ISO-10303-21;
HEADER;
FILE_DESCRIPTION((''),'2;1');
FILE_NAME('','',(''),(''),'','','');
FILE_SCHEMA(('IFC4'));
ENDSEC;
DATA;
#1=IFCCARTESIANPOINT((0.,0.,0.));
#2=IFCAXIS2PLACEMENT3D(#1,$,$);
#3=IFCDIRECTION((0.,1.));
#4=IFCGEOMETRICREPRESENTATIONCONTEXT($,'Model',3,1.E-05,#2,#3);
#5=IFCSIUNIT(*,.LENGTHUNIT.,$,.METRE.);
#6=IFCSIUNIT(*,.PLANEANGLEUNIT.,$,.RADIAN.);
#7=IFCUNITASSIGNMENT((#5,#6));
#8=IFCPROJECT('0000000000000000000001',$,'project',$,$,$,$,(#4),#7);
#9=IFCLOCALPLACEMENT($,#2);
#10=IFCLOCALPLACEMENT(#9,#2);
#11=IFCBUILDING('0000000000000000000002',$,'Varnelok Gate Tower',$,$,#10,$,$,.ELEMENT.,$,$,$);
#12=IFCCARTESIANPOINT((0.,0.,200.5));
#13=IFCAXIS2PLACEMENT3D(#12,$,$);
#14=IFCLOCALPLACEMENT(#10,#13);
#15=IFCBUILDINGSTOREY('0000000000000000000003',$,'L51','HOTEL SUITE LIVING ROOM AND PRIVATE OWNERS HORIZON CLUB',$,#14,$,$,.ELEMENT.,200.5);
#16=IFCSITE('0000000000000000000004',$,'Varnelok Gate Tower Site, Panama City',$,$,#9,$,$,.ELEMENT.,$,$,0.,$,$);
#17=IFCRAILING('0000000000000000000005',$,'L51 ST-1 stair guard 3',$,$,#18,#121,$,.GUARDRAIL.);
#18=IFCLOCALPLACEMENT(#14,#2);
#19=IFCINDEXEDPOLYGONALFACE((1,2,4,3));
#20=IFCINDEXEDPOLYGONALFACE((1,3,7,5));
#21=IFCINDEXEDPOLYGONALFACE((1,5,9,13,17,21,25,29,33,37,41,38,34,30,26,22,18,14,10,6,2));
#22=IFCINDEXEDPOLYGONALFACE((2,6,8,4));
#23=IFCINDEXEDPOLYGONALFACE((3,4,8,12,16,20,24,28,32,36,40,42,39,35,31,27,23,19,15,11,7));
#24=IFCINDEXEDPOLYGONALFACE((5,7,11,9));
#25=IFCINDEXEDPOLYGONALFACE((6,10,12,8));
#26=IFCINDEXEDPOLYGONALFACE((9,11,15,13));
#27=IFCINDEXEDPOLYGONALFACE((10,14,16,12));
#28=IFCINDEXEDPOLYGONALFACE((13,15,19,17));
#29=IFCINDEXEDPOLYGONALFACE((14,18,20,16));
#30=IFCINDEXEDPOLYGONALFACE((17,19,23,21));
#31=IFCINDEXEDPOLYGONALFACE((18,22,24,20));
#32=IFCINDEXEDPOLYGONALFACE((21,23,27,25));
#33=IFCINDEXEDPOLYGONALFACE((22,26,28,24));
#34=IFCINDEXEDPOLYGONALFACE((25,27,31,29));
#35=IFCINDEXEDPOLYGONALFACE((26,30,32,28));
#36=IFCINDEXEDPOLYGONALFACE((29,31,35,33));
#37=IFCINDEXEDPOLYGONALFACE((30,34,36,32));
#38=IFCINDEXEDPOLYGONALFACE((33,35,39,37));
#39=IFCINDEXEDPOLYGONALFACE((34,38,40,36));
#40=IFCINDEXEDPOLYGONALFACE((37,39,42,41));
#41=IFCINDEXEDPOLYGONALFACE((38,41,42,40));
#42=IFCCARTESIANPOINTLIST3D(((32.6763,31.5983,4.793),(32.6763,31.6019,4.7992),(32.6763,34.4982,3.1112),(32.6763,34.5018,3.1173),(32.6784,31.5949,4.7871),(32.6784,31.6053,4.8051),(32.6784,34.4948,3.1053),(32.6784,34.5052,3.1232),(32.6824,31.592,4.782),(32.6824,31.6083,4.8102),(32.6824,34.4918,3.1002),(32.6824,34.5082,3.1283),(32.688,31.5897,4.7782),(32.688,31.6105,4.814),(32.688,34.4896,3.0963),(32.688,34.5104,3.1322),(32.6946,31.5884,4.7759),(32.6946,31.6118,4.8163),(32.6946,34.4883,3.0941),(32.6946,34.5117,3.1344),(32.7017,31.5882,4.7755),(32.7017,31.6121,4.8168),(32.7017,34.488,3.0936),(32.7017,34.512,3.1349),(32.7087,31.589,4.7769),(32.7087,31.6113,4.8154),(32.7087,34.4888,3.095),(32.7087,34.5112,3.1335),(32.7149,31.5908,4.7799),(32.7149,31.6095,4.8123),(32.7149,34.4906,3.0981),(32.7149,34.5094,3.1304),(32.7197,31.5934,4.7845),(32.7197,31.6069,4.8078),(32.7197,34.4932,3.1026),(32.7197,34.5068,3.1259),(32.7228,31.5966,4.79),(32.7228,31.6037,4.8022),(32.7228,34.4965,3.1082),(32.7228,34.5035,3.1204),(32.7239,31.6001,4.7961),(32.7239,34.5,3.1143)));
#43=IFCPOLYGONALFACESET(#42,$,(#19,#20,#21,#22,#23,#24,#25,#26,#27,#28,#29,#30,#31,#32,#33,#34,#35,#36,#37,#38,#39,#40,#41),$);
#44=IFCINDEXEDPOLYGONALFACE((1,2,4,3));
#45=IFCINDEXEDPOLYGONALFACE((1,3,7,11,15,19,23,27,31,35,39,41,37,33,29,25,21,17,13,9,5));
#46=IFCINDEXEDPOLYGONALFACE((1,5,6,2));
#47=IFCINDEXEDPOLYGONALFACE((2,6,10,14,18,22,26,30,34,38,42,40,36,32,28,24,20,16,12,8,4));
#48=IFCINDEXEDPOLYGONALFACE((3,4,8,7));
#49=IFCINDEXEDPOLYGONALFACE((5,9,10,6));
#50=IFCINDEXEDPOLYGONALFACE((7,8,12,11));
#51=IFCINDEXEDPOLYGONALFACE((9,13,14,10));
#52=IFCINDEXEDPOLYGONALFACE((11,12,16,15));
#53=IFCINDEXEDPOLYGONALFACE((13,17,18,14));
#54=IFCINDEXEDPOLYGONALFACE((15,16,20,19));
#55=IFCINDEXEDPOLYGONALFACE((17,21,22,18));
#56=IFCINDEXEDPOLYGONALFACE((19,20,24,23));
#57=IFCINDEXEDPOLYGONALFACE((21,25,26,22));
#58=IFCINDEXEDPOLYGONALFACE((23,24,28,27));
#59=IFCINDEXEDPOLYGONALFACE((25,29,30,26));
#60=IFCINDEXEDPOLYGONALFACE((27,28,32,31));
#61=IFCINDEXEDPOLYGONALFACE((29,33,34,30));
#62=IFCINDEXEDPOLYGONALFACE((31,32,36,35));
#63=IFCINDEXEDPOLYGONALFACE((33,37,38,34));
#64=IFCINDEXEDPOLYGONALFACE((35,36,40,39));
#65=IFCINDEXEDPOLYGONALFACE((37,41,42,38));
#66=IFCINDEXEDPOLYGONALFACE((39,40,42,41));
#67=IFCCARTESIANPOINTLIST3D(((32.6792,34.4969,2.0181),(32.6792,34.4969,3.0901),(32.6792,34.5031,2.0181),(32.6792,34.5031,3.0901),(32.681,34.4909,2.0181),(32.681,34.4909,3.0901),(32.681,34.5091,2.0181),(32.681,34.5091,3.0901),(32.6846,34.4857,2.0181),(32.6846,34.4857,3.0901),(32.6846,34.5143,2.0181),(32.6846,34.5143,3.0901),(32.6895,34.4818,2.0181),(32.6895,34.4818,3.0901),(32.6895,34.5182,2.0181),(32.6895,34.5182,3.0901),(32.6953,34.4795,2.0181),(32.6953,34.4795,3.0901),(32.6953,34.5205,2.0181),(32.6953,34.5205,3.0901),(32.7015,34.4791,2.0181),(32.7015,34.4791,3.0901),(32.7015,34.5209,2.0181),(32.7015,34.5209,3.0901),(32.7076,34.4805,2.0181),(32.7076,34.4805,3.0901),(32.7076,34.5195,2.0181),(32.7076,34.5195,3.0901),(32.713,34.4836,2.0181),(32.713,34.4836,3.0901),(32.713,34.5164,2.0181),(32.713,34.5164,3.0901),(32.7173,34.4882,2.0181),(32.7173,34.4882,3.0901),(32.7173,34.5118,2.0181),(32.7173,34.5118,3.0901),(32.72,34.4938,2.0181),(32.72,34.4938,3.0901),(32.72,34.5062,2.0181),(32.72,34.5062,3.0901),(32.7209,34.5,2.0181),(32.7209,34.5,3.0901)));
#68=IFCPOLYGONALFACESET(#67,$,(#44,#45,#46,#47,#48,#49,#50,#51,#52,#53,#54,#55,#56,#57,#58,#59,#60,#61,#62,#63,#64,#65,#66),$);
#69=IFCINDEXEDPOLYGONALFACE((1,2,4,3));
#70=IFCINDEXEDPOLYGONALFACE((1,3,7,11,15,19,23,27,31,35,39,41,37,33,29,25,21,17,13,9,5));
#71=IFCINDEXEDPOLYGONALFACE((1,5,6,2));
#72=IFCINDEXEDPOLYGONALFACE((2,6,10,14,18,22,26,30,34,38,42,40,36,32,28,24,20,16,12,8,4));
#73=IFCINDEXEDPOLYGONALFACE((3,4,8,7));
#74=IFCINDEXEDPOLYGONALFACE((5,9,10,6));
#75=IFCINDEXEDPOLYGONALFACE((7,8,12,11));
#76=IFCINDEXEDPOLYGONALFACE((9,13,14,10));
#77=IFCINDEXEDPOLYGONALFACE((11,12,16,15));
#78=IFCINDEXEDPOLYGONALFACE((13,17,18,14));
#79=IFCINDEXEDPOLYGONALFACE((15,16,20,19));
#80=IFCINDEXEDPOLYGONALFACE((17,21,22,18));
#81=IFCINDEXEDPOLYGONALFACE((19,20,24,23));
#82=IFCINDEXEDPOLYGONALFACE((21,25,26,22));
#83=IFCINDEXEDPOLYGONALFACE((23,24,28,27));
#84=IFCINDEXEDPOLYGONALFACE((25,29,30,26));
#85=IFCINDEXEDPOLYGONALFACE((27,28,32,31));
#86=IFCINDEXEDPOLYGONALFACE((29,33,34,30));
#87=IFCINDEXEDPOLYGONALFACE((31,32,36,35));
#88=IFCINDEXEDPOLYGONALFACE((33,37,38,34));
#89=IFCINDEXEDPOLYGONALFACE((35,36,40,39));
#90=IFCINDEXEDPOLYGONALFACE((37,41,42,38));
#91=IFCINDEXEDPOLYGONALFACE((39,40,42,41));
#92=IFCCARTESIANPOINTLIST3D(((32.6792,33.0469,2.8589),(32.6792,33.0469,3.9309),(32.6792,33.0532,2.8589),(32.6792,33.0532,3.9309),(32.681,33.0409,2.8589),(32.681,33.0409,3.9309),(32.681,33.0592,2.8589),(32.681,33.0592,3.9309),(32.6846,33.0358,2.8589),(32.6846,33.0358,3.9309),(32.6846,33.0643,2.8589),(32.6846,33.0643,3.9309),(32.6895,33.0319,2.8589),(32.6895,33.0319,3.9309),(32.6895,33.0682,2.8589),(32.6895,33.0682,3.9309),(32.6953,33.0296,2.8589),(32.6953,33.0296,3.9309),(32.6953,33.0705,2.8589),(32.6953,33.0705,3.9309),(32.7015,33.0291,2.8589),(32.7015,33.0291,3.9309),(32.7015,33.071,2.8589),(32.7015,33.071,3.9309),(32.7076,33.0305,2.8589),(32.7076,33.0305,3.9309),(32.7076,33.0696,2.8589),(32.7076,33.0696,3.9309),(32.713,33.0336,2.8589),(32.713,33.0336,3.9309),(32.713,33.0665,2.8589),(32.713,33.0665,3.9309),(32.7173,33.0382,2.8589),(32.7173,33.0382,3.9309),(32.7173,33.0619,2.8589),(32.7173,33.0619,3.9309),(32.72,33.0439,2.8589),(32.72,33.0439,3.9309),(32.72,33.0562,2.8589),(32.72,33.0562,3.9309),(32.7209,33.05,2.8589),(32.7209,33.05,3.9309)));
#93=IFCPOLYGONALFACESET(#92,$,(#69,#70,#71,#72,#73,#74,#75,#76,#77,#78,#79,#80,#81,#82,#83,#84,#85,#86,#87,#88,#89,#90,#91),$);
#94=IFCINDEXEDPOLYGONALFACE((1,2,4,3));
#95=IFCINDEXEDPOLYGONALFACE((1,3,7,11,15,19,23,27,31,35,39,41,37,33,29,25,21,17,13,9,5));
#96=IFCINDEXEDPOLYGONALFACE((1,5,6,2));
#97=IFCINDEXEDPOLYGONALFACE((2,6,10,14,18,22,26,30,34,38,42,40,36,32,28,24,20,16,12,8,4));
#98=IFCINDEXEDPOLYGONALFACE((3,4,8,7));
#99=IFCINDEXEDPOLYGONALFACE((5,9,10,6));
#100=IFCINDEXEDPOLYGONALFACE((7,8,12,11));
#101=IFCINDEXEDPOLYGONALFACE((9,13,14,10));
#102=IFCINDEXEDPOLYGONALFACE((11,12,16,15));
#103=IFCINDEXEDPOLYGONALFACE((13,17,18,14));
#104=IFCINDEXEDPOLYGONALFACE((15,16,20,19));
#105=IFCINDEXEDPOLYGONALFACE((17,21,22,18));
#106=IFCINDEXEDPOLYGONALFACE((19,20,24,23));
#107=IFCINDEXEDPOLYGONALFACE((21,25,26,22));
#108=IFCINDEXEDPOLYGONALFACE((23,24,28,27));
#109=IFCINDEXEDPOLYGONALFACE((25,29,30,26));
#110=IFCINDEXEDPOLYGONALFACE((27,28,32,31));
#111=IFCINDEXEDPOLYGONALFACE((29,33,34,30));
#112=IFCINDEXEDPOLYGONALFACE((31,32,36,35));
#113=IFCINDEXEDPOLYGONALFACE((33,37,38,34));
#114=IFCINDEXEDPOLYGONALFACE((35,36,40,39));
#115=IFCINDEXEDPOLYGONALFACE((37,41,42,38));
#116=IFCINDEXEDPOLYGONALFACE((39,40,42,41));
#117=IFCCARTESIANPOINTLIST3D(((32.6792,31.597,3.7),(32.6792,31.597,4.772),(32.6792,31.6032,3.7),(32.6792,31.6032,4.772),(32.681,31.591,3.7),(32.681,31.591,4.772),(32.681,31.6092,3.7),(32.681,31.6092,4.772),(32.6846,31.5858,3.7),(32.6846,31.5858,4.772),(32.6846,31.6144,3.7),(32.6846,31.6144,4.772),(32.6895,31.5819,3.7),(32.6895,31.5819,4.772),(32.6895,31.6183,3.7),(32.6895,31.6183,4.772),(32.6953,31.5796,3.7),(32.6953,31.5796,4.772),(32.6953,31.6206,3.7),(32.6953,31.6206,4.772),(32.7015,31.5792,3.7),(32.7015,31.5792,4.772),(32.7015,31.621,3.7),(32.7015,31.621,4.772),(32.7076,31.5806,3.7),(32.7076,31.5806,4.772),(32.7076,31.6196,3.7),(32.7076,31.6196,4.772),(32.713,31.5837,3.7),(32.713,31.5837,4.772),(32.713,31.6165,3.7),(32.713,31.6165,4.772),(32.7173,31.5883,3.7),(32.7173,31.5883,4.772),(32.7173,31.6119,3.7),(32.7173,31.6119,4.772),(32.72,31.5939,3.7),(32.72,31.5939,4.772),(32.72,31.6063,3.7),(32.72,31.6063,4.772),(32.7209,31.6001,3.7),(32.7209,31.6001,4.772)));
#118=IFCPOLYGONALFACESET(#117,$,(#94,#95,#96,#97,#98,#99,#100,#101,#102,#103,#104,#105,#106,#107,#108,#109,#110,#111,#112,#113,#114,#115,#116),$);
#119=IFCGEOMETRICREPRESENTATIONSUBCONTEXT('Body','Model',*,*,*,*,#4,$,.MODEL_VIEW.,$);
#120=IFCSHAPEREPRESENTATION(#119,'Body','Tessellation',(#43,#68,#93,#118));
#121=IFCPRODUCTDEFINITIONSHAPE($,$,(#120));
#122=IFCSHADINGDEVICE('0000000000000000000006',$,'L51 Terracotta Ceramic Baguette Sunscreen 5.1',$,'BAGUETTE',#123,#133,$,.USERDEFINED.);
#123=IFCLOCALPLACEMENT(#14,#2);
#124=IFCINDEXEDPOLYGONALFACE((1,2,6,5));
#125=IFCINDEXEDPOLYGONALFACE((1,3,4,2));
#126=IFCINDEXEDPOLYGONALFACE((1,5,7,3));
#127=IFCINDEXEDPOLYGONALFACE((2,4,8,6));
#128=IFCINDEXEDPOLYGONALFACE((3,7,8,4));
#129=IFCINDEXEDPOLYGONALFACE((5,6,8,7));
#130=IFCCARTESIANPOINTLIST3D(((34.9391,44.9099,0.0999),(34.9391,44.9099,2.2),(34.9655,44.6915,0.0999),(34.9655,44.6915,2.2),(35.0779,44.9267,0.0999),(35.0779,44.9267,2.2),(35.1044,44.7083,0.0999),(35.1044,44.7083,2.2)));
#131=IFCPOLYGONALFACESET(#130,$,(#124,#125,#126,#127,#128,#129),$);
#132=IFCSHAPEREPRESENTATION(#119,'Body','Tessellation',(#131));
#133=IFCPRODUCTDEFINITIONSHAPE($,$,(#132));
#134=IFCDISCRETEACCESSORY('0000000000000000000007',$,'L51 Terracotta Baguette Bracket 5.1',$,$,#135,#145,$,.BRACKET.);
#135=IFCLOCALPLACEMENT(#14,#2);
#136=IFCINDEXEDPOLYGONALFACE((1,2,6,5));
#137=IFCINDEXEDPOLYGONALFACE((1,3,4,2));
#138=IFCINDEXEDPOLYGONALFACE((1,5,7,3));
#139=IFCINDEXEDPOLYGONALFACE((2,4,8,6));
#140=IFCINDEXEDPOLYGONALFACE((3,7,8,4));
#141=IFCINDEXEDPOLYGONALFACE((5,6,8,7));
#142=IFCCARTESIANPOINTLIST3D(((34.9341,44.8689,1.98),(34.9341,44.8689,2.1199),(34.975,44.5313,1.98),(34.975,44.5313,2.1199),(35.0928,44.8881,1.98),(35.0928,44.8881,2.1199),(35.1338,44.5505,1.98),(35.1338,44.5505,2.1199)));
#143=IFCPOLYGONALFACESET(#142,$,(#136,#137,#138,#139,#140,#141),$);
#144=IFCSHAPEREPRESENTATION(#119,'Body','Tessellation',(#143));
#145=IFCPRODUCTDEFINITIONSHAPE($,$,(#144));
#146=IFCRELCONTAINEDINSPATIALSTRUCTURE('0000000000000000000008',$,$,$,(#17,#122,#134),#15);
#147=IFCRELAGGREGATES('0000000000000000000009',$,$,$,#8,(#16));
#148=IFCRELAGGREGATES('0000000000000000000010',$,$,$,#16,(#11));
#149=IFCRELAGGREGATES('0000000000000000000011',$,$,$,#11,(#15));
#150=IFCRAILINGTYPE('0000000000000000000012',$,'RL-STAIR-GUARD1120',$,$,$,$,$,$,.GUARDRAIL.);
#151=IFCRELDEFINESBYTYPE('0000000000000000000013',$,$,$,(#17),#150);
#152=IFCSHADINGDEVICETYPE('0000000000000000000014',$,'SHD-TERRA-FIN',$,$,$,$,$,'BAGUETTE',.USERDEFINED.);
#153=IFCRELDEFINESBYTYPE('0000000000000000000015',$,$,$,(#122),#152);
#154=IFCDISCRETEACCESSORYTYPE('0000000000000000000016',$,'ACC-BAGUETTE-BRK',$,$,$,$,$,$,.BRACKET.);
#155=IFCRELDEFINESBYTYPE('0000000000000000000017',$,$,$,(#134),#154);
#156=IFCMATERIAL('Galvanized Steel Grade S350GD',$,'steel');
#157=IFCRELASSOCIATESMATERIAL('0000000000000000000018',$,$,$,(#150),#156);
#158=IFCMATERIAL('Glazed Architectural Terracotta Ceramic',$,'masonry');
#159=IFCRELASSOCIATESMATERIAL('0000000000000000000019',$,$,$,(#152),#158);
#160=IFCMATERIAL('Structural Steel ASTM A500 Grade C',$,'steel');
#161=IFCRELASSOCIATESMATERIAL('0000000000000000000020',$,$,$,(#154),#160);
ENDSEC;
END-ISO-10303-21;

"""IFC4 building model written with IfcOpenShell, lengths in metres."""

from ifc_helpers import new_model, si_unit, direction, frame, origin, origin_2d, place, context, subcontext, project, spatial, rectangle, circle, extrude, source, transform, mapped, material, type_object, element, save


model = new_model("IFC4")

# Units and contexts
model_context = context("Model", 3, precision=1e-05, world=origin(), true_north=direction((0.0, 1.0)))
body_context = subcontext(model_context, "Body", "Model", "MODEL_VIEW")
ifc_project = project(units=[si_unit("LENGTHUNIT", "METRE"), si_unit("PLANEANGLEUNIT", "RADIAN")], contexts=[model_context])

# Site, building, storey
site_placement = place(None, origin())
site = spatial("IfcSite", under=ifc_project, at=site_placement, Name="Varnelok Gate Tower Site, Panama City", CompositionType="ELEMENT", RefElevation=0.0)
building_placement = place(site_placement, origin())
building = spatial("IfcBuilding", under=site, at=building_placement, Name="Varnelok Gate Tower", CompositionType="ELEMENT")
storey_placement = place(building_placement, frame((0.0, 0.0, 200.5)))
storey = spatial("IfcBuildingStorey", under=building, at=storey_placement, Name="L51", Description="HOTEL SUITE LIVING ROOM AND PRIVATE OWNERS HORIZON CLUB", CompositionType="ELEMENT", Elevation=200.5)

# Railing
ifc_material_1 = material(Name="Galvanized Steel Grade S350GD", Category="steel")
railing_type_1 = type_object("IfcRailingType", Name="RL-STAIR-GUARD1120", PredefinedType="GUARDRAIL", material=ifc_material_1)
railing_1_placement = place(storey_placement, frame((32.7, 34.5, 2.0181)))
element("IfcRailing", 1, at=railing_1_placement, inside=storey, type_object=railing_type_1, Name="L51 ST-1 stair guard 3", PredefinedType="GUARDRAIL", context=body_context, shape_type="SweptSolid", body=[
    extrude(circle(Radius=0.0239, at=origin_2d()), frame((0.0, 0.0, 1.0962), z_axis=(0.0, -0.865039, 0.501705), x_axis=(1.0, 0.0, 0.0)), (0.0, 0.0, 1.0), 3.3523),
    extrude(circle(Radius=0.021, at=origin_2d()), origin(), (0.0, 0.0, 1.0), 1.072),
    extrude(circle(Radius=0.021, at=origin_2d()), frame((0.0, -1.45, 0.8408)), (0.0, 0.0, 1.0), 1.072),
    extrude(circle(Radius=0.021, at=origin_2d()), frame((0.0, -2.8999, 1.6819)), (0.0, 0.0, 1.0), 1.072),
])

# Shading device
ifc_material_2 = material(Name="Glazed Architectural Terracotta Ceramic", Category="masonry")
shading_device_type = type_object("IfcShadingDeviceType", Name="SHD-TERRA-FIN", ElementType="BAGUETTE", PredefinedType="USERDEFINED", material=ifc_material_2)
shared_shape_1 = source(origin(), body_context, "Body", "SweptSolid", [
    extrude(rectangle(XDim=0.1399, YDim=0.22, at=origin_2d()), origin(), (0.0, 0.0, 1.0), 2.1001),
])
shading_device_placement = place(storey_placement, frame((35.0217, 44.8091, 0.0999), z_axis=(0.0, 0.0, 1.0), x_axis=(0.992732, 0.120345, 0.0)))
element("IfcShadingDevice", 2, at=shading_device_placement, inside=storey, type_object=shading_device_type, Name="L51 Terracotta Ceramic Baguette Sunscreen 5.1", ObjectType="BAGUETTE", PredefinedType="USERDEFINED", context=body_context, shape_type="MappedRepresentation", body=[
    mapped(shared_shape_1, transform((0.0, 0.0, 0.0), scale=1.0)),
])

# Discrete accessory
ifc_material_3 = material(Name="Structural Steel ASTM A500 Grade C", Category="steel")
discrete_accessory_type = type_object("IfcDiscreteAccessoryType", Name="ACC-BAGUETTE-BRK", PredefinedType="BRACKET", material=ifc_material_3)
shared_shape_2 = source(origin(), body_context, "Body", "SweptSolid", [
    extrude(rectangle(XDim=0.1599, YDim=0.3401, at=origin_2d()), origin(), (0.0, 0.0, 1.0), 0.1399),
])
discrete_accessory_placement = place(storey_placement, frame((35.0339, 44.7097, 1.98), z_axis=(0.0, 0.0, 1.0), x_axis=(0.992732, 0.120345, 0.0)))
element("IfcDiscreteAccessory", 3, at=discrete_accessory_placement, inside=storey, type_object=discrete_accessory_type, Name="L51 Terracotta Baguette Bracket 5.1", PredefinedType="BRACKET", context=body_context, shape_type="MappedRepresentation", body=[
    mapped(shared_shape_2, transform((0.0, 0.0, 0.0), scale=1.0)),
])

save(model, "model.ifc")
